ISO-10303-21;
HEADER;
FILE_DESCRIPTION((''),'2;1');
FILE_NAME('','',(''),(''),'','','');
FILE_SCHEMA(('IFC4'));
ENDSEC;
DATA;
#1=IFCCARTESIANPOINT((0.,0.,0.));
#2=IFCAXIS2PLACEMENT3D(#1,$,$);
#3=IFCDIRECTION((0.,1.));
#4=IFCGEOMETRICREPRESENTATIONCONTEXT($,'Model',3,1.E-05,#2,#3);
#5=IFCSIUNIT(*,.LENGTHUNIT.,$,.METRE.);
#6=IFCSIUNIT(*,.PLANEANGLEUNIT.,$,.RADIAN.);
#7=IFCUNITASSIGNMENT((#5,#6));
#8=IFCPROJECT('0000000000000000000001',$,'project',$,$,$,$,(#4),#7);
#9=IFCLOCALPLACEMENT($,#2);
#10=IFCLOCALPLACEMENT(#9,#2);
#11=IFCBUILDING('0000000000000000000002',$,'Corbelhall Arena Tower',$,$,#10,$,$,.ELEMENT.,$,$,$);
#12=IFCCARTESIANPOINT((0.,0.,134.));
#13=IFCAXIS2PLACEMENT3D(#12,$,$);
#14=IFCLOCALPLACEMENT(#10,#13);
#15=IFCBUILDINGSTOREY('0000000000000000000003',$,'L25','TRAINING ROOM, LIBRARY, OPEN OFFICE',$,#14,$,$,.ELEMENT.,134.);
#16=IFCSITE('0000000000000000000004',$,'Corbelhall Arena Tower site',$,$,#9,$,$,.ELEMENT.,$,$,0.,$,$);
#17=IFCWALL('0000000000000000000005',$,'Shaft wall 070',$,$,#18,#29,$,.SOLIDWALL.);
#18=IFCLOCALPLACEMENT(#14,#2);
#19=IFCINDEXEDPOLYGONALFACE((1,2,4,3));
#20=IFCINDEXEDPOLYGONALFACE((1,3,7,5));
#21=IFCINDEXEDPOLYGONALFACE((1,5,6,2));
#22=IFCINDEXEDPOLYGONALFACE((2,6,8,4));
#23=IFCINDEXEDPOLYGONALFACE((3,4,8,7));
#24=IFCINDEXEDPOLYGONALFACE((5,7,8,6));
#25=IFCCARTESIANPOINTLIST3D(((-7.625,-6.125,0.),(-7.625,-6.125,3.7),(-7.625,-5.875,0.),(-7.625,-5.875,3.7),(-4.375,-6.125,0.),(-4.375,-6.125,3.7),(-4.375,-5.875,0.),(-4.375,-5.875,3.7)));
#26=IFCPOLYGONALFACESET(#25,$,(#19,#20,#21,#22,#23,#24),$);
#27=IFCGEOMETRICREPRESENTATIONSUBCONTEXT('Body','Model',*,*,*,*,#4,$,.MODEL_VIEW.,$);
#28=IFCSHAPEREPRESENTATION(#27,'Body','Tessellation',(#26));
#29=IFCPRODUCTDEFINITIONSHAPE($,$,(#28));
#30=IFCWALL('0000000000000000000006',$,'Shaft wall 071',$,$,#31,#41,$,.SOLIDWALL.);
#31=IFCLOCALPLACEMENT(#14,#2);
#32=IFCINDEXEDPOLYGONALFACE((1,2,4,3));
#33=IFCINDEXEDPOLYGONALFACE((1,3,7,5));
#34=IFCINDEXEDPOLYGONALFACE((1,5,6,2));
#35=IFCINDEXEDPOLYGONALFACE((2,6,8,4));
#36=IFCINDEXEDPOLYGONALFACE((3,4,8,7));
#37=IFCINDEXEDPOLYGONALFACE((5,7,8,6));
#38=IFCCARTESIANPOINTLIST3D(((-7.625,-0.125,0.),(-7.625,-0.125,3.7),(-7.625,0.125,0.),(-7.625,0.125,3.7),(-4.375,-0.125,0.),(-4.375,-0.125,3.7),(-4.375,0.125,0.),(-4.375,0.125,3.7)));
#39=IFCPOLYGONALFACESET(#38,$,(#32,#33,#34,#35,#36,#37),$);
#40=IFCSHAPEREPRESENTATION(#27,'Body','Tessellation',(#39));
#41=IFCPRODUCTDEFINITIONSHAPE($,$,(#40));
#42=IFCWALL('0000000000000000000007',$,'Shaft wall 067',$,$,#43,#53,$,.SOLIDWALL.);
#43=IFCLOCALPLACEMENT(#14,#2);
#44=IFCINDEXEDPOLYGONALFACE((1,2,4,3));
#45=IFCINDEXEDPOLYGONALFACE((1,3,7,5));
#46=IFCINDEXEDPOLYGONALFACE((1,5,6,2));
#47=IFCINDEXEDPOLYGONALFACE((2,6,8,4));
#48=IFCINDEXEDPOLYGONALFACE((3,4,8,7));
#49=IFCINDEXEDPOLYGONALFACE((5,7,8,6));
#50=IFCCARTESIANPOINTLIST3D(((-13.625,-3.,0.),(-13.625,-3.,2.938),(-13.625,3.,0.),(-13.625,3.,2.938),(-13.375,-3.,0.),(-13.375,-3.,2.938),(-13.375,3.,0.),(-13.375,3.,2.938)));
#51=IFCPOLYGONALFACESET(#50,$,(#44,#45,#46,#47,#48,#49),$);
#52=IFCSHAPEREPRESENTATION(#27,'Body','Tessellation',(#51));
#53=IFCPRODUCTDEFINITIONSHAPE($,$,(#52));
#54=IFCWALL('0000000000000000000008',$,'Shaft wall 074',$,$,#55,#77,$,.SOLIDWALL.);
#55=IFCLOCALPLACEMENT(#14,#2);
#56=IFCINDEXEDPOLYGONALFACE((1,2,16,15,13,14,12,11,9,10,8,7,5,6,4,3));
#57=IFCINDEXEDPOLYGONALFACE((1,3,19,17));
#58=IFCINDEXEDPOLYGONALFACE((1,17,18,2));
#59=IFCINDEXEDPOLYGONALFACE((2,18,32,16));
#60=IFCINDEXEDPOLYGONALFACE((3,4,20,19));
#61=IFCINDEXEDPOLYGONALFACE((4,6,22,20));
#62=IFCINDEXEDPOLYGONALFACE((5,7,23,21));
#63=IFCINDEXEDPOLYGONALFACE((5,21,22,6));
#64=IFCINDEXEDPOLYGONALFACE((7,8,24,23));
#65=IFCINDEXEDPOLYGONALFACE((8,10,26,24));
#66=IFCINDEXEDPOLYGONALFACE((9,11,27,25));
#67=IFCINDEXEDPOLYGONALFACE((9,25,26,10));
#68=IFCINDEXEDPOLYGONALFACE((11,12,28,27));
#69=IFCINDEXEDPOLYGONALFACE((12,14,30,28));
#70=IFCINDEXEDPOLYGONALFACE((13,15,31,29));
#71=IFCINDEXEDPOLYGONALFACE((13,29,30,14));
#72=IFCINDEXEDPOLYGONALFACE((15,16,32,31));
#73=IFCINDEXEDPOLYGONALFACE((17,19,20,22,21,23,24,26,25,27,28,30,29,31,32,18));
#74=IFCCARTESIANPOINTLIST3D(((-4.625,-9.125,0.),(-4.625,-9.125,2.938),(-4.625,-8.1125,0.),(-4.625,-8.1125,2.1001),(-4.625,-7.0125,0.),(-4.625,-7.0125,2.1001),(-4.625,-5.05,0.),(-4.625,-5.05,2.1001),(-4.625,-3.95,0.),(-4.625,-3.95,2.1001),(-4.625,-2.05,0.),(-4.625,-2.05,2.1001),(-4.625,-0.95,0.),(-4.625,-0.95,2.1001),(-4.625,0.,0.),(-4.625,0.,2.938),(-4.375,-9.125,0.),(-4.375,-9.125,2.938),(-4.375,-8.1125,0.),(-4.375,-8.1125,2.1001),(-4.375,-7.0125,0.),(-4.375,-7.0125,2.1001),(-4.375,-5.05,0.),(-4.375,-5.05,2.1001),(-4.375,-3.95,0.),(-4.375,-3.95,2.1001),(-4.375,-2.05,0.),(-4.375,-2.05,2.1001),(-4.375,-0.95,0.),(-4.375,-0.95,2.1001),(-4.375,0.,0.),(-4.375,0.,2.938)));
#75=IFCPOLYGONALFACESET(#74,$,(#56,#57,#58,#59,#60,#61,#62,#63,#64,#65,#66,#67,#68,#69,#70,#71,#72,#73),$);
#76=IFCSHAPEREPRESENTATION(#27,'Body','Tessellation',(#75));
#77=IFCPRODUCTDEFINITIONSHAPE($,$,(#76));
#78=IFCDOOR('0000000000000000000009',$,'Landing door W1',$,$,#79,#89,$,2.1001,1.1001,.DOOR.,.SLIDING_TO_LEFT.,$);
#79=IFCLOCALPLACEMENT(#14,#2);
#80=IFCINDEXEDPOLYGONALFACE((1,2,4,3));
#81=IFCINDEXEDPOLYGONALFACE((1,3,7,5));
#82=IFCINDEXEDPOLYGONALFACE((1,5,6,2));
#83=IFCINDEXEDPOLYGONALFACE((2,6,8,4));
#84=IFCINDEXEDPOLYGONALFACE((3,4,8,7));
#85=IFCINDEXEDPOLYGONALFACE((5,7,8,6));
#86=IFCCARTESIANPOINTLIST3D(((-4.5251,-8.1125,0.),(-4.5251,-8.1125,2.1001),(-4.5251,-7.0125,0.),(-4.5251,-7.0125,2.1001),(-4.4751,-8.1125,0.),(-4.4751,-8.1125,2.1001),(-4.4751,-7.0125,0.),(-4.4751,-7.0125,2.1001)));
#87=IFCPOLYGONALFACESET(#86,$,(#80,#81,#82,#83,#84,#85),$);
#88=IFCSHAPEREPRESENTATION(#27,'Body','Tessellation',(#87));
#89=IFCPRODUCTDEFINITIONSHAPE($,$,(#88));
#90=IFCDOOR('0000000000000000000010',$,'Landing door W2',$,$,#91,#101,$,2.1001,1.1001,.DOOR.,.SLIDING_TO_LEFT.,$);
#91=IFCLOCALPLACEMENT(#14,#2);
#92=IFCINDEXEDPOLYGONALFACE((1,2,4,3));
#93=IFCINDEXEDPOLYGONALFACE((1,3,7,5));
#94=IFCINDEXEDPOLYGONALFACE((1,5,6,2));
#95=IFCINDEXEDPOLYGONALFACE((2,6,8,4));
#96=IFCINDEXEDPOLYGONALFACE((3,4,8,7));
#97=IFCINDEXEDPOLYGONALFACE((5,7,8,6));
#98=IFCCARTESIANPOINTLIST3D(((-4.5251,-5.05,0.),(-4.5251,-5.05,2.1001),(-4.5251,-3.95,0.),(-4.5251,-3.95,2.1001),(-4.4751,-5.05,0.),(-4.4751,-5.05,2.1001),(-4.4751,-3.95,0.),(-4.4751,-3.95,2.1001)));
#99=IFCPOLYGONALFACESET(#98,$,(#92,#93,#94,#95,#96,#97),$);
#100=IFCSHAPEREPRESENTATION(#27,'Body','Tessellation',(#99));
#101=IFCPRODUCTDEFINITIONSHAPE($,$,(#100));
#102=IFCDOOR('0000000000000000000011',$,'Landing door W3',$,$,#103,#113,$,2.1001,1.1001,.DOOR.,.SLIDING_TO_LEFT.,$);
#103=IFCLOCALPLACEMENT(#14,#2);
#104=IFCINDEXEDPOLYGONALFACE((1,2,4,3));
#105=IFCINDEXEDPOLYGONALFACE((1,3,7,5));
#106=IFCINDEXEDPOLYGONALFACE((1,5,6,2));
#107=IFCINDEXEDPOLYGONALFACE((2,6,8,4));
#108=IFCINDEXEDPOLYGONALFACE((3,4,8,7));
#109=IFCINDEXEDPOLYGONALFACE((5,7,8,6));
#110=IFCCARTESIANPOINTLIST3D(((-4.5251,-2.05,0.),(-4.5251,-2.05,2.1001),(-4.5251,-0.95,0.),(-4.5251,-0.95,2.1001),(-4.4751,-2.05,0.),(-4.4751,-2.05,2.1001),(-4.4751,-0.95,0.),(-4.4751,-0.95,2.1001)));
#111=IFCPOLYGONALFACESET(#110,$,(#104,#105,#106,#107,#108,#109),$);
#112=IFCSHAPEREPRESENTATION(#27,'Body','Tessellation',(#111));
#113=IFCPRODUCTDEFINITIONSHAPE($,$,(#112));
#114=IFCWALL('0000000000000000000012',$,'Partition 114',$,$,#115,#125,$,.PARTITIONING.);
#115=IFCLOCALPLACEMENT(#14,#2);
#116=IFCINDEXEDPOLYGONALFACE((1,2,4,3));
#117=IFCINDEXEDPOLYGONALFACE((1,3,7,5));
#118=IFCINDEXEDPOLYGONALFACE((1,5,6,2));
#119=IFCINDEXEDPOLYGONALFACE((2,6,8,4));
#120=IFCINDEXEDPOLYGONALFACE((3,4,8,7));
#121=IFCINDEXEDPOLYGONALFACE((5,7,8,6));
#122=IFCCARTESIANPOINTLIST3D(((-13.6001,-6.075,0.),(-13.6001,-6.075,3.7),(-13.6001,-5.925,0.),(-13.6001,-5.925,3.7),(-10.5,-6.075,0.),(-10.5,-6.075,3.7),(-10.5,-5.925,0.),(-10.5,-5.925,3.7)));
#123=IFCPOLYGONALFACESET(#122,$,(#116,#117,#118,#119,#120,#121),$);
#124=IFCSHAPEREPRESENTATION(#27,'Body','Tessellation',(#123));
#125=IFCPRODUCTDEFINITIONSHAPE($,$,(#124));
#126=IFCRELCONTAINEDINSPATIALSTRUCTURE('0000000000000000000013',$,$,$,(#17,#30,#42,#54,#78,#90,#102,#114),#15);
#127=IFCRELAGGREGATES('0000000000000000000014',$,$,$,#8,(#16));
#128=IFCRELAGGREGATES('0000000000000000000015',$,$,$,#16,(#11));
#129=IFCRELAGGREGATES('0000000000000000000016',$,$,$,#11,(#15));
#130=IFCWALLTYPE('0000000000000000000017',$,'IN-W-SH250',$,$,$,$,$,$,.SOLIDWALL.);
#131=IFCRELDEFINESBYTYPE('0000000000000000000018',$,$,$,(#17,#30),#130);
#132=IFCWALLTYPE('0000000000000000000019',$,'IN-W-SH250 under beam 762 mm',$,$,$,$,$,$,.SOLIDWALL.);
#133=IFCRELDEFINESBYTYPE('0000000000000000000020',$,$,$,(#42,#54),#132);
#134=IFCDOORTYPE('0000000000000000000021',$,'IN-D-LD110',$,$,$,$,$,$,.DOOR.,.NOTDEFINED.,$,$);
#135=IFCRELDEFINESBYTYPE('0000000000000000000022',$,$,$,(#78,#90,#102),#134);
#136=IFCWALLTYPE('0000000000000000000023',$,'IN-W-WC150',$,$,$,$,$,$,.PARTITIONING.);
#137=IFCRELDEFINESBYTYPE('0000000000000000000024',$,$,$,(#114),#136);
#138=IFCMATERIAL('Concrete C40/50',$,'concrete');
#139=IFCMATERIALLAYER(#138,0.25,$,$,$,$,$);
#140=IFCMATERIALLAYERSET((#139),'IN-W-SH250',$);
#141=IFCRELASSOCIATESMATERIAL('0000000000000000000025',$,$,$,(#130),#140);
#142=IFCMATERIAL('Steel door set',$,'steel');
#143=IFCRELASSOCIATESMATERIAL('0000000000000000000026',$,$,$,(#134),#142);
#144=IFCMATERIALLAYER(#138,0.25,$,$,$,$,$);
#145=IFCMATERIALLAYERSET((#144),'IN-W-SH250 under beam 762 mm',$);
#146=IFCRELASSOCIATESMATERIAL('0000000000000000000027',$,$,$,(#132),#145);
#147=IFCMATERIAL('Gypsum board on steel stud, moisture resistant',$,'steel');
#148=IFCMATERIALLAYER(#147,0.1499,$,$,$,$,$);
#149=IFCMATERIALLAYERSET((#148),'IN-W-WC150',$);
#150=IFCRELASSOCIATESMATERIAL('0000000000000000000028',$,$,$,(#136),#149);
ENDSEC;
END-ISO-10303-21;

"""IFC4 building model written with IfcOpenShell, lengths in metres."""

from ifc_helpers import new_model, si_unit, direction, frame, frame_2d, origin, place, context, subcontext, project, spatial, rectangle, extrude, material, layer, layer_set, type_object, element, fill, save


model = new_model("IFC4")

# Units and contexts
model_context = context("Model", 3, precision=1e-05, world=origin(), true_north=direction((0.0, 1.0)))
body_context = subcontext(model_context, "Body", "Model", "MODEL_VIEW")
ifc_project = project(units=[si_unit("LENGTHUNIT", "METRE"), si_unit("PLANEANGLEUNIT", "RADIAN")], contexts=[model_context])

# Site, building, storey
site_placement = place(None, origin())
site = spatial("IfcSite", under=ifc_project, at=site_placement, Name="Corbelhall Arena Tower site", CompositionType="ELEMENT", RefElevation=0.0)
building_placement = place(site_placement, origin())
building = spatial("IfcBuilding", under=site, at=building_placement, Name="Corbelhall Arena Tower", CompositionType="ELEMENT")
storey_placement = place(building_placement, frame((0.0, 0.0, 134.0)))
storey = spatial("IfcBuildingStorey", under=building, at=storey_placement, Name="L25", Description="TRAINING ROOM, LIBRARY, OPEN OFFICE", CompositionType="ELEMENT", Elevation=134.0)

# Shared definitions
ifc_material_1 = material(Name="Steel door set", Category="steel")

# Shared definitions
ifc_material_2 = material(Name="Concrete C40/50", Category="concrete")
ifc_layer_1 = layer(ifc_material_2, 0.25)
ifc_layer_set_1 = layer_set([ifc_layer_1], Name="IN-W-SH250")
wall_type_1 = type_object("IfcWallType", Name="IN-W-SH250", PredefinedType="SOLIDWALL", material=ifc_layer_set_1)

# Shared definitions
door_type_1 = type_object("IfcDoorType", Name="IN-D-LD110", OperationType="NOTDEFINED", PredefinedType="DOOR", material=ifc_material_1)

# Walls
for number, where, z_axis, x_axis, name in (
    (1, (-7.625, -6.0, 0.0), (0.0, 0.0, 1.0), (1.0, 0.0, 0.0), "Shaft wall 070"),
    (2, (-7.625, 0.0, 0.0), (0.0, 0.0, 1.0), (1.0, 0.0, 0.0), "Shaft wall 071"),
):
    element("IfcWall", number, at=place(storey_placement, frame(where, z_axis=z_axis, x_axis=x_axis)), inside=storey, type_object=wall_type_1, Name=name, PredefinedType="SOLIDWALL", context=body_context, shape_type="SweptSolid", body=[
        extrude(rectangle(XDim=3.25, YDim=0.25, at=frame_2d((1.625, 0.0))), origin(), (0.0, 0.0, 1.0), 3.7),
    ])
ifc_layer_2 = layer(ifc_material_2, 0.25)
ifc_layer_set_2 = layer_set([ifc_layer_2], Name="IN-W-SH250 under beam 762 mm")
wall_type_2 = type_object("IfcWallType", Name="IN-W-SH250 under beam 762 mm", PredefinedType="SOLIDWALL", material=ifc_layer_set_2)
wall_1_placement = place(storey_placement, frame((-13.5, -3.0, 0.0), z_axis=(0.0, 0.0, 1.0), x_axis=(0.0, 1.0, 0.0)))
element("IfcWall", 3, at=wall_1_placement, inside=storey, type_object=wall_type_2, Name="Shaft wall 067", PredefinedType="SOLIDWALL", context=body_context, shape_type="SweptSolid", body=[
    extrude(rectangle(XDim=6.0, YDim=0.25, at=frame_2d((3.0, 0.0))), origin(), (0.0, 0.0, 1.0), 2.938),
])

# Wall, openings, doors
wall_2_placement = place(storey_placement, frame((-4.5, 0.0, 0.0), z_axis=(0.0, 0.0, 1.0), x_axis=(0.0, -1.0, 0.0)))
wall_2 = element("IfcWall", 4, at=wall_2_placement, inside=storey, type_object=wall_type_2, Name="Shaft wall 074", PredefinedType="SOLIDWALL", context=body_context, shape_type="SweptSolid", body=[
    extrude(rectangle(XDim=9.125, YDim=0.25, at=frame_2d((4.5625, 0.0))), origin(), (0.0, 0.0, 1.0), 2.938),
])
opening_1_placement = place(wall_2_placement, frame((7.0125, 0.0, 0.0)))
opening_1 = element("IfcOpeningElement", 5, at=opening_1_placement, cuts=wall_2, PredefinedType="OPENING", context=body_context, shape_type="SweptSolid", body=[
    extrude(rectangle(XDim=1.1001, YDim=2.1001, at=frame_2d((0.55, 1.05))), frame((0.0, 0.125, 0.0), z_axis=(0.0, -1.0, 0.0), x_axis=(1.0, 0.0, 0.0)), (0.0, 0.0, 1.0), 0.25),
])
opening_2_placement = place(wall_2_placement, frame((3.95, 0.0, 0.0)))
opening_2 = element("IfcOpeningElement", 6, at=opening_2_placement, cuts=wall_2, PredefinedType="OPENING", context=body_context, shape_type="SweptSolid", body=[
    extrude(rectangle(XDim=1.1001, YDim=2.1001, at=frame_2d((0.55, 1.05))), frame((0.0, 0.125, 0.0), z_axis=(0.0, -1.0, 0.0), x_axis=(1.0, 0.0, 0.0)), (0.0, 0.0, 1.0), 0.25),
])
opening_3_placement = place(wall_2_placement, frame((0.95, 0.0, 0.0)))
opening_3 = element("IfcOpeningElement", 7, at=opening_3_placement, cuts=wall_2, PredefinedType="OPENING", context=body_context, shape_type="SweptSolid", body=[
    extrude(rectangle(XDim=1.1001, YDim=2.1001, at=frame_2d((0.55, 1.05))), frame((0.0, 0.125, 0.0), z_axis=(0.0, -1.0, 0.0), x_axis=(1.0, 0.0, 0.0)), (0.0, 0.0, 1.0), 0.25),
])
door_1_placement = place(opening_1_placement, origin())
door_1 = element("IfcDoor", 8, at=door_1_placement, inside=storey, type_object=door_type_1, Name="Landing door W1", OperationType="SLIDING_TO_LEFT", OverallHeight=2.1001, OverallWidth=1.1001, PredefinedType="DOOR", context=body_context, shape_type="SweptSolid", body=[
    extrude(rectangle(XDim=1.1001, YDim=2.1001, at=frame_2d((0.55, 1.05))), frame((0.0, 0.0249, 0.0), z_axis=(0.0, -1.0, 0.0), x_axis=(1.0, 0.0, 0.0)), (0.0, 0.0, 1.0), 0.05),
])
fill(opening_1, door_1)
door_2_placement = place(opening_2_placement, origin())
door_2 = element("IfcDoor", 9, at=door_2_placement, inside=storey, type_object=door_type_1, Name="Landing door W2", OperationType="SLIDING_TO_LEFT", OverallHeight=2.1001, OverallWidth=1.1001, PredefinedType="DOOR", context=body_context, shape_type="SweptSolid", body=[
    extrude(rectangle(XDim=1.1001, YDim=2.1001, at=frame_2d((0.55, 1.05))), frame((0.0, 0.0249, 0.0), z_axis=(0.0, -1.0, 0.0), x_axis=(1.0, 0.0, 0.0)), (0.0, 0.0, 1.0), 0.05),
])
fill(opening_2, door_2)
door_3_placement = place(opening_3_placement, origin())
door_3 = element("IfcDoor", 10, at=door_3_placement, inside=storey, type_object=door_type_1, Name="Landing door W3", OperationType="SLIDING_TO_LEFT", OverallHeight=2.1001, OverallWidth=1.1001, PredefinedType="DOOR", context=body_context, shape_type="SweptSolid", body=[
    extrude(rectangle(XDim=1.1001, YDim=2.1001, at=frame_2d((0.55, 1.05))), frame((0.0, 0.0249, 0.0), z_axis=(0.0, -1.0, 0.0), x_axis=(1.0, 0.0, 0.0)), (0.0, 0.0, 1.0), 0.05),
])
fill(opening_3, door_3)

# Wall
ifc_material_3 = material(Name="Gypsum board on steel stud, moisture resistant", Category="steel")
ifc_layer_3 = layer(ifc_material_3, 0.1499)
ifc_layer_set_3 = layer_set([ifc_layer_3], Name="IN-W-WC150")
wall_type_3 = type_object("IfcWallType", Name="IN-W-WC150", PredefinedType="PARTITIONING", material=ifc_layer_set_3)
wall_3_placement = place(storey_placement, frame((-13.6001, -6.0, 0.0), z_axis=(0.0, 0.0, 1.0), x_axis=(1.0, 0.0, 0.0)))
element("IfcWall", 11, at=wall_3_placement, inside=storey, type_object=wall_type_3, Name="Partition 114", PredefinedType="PARTITIONING", context=body_context, shape_type="SweptSolid", body=[
    extrude(rectangle(XDim=3.1001, YDim=0.1499, at=frame_2d((1.55, 0.0))), origin(), (0.0, 0.0, 1.0), 3.7),
])

save(model, "model.ifc")
